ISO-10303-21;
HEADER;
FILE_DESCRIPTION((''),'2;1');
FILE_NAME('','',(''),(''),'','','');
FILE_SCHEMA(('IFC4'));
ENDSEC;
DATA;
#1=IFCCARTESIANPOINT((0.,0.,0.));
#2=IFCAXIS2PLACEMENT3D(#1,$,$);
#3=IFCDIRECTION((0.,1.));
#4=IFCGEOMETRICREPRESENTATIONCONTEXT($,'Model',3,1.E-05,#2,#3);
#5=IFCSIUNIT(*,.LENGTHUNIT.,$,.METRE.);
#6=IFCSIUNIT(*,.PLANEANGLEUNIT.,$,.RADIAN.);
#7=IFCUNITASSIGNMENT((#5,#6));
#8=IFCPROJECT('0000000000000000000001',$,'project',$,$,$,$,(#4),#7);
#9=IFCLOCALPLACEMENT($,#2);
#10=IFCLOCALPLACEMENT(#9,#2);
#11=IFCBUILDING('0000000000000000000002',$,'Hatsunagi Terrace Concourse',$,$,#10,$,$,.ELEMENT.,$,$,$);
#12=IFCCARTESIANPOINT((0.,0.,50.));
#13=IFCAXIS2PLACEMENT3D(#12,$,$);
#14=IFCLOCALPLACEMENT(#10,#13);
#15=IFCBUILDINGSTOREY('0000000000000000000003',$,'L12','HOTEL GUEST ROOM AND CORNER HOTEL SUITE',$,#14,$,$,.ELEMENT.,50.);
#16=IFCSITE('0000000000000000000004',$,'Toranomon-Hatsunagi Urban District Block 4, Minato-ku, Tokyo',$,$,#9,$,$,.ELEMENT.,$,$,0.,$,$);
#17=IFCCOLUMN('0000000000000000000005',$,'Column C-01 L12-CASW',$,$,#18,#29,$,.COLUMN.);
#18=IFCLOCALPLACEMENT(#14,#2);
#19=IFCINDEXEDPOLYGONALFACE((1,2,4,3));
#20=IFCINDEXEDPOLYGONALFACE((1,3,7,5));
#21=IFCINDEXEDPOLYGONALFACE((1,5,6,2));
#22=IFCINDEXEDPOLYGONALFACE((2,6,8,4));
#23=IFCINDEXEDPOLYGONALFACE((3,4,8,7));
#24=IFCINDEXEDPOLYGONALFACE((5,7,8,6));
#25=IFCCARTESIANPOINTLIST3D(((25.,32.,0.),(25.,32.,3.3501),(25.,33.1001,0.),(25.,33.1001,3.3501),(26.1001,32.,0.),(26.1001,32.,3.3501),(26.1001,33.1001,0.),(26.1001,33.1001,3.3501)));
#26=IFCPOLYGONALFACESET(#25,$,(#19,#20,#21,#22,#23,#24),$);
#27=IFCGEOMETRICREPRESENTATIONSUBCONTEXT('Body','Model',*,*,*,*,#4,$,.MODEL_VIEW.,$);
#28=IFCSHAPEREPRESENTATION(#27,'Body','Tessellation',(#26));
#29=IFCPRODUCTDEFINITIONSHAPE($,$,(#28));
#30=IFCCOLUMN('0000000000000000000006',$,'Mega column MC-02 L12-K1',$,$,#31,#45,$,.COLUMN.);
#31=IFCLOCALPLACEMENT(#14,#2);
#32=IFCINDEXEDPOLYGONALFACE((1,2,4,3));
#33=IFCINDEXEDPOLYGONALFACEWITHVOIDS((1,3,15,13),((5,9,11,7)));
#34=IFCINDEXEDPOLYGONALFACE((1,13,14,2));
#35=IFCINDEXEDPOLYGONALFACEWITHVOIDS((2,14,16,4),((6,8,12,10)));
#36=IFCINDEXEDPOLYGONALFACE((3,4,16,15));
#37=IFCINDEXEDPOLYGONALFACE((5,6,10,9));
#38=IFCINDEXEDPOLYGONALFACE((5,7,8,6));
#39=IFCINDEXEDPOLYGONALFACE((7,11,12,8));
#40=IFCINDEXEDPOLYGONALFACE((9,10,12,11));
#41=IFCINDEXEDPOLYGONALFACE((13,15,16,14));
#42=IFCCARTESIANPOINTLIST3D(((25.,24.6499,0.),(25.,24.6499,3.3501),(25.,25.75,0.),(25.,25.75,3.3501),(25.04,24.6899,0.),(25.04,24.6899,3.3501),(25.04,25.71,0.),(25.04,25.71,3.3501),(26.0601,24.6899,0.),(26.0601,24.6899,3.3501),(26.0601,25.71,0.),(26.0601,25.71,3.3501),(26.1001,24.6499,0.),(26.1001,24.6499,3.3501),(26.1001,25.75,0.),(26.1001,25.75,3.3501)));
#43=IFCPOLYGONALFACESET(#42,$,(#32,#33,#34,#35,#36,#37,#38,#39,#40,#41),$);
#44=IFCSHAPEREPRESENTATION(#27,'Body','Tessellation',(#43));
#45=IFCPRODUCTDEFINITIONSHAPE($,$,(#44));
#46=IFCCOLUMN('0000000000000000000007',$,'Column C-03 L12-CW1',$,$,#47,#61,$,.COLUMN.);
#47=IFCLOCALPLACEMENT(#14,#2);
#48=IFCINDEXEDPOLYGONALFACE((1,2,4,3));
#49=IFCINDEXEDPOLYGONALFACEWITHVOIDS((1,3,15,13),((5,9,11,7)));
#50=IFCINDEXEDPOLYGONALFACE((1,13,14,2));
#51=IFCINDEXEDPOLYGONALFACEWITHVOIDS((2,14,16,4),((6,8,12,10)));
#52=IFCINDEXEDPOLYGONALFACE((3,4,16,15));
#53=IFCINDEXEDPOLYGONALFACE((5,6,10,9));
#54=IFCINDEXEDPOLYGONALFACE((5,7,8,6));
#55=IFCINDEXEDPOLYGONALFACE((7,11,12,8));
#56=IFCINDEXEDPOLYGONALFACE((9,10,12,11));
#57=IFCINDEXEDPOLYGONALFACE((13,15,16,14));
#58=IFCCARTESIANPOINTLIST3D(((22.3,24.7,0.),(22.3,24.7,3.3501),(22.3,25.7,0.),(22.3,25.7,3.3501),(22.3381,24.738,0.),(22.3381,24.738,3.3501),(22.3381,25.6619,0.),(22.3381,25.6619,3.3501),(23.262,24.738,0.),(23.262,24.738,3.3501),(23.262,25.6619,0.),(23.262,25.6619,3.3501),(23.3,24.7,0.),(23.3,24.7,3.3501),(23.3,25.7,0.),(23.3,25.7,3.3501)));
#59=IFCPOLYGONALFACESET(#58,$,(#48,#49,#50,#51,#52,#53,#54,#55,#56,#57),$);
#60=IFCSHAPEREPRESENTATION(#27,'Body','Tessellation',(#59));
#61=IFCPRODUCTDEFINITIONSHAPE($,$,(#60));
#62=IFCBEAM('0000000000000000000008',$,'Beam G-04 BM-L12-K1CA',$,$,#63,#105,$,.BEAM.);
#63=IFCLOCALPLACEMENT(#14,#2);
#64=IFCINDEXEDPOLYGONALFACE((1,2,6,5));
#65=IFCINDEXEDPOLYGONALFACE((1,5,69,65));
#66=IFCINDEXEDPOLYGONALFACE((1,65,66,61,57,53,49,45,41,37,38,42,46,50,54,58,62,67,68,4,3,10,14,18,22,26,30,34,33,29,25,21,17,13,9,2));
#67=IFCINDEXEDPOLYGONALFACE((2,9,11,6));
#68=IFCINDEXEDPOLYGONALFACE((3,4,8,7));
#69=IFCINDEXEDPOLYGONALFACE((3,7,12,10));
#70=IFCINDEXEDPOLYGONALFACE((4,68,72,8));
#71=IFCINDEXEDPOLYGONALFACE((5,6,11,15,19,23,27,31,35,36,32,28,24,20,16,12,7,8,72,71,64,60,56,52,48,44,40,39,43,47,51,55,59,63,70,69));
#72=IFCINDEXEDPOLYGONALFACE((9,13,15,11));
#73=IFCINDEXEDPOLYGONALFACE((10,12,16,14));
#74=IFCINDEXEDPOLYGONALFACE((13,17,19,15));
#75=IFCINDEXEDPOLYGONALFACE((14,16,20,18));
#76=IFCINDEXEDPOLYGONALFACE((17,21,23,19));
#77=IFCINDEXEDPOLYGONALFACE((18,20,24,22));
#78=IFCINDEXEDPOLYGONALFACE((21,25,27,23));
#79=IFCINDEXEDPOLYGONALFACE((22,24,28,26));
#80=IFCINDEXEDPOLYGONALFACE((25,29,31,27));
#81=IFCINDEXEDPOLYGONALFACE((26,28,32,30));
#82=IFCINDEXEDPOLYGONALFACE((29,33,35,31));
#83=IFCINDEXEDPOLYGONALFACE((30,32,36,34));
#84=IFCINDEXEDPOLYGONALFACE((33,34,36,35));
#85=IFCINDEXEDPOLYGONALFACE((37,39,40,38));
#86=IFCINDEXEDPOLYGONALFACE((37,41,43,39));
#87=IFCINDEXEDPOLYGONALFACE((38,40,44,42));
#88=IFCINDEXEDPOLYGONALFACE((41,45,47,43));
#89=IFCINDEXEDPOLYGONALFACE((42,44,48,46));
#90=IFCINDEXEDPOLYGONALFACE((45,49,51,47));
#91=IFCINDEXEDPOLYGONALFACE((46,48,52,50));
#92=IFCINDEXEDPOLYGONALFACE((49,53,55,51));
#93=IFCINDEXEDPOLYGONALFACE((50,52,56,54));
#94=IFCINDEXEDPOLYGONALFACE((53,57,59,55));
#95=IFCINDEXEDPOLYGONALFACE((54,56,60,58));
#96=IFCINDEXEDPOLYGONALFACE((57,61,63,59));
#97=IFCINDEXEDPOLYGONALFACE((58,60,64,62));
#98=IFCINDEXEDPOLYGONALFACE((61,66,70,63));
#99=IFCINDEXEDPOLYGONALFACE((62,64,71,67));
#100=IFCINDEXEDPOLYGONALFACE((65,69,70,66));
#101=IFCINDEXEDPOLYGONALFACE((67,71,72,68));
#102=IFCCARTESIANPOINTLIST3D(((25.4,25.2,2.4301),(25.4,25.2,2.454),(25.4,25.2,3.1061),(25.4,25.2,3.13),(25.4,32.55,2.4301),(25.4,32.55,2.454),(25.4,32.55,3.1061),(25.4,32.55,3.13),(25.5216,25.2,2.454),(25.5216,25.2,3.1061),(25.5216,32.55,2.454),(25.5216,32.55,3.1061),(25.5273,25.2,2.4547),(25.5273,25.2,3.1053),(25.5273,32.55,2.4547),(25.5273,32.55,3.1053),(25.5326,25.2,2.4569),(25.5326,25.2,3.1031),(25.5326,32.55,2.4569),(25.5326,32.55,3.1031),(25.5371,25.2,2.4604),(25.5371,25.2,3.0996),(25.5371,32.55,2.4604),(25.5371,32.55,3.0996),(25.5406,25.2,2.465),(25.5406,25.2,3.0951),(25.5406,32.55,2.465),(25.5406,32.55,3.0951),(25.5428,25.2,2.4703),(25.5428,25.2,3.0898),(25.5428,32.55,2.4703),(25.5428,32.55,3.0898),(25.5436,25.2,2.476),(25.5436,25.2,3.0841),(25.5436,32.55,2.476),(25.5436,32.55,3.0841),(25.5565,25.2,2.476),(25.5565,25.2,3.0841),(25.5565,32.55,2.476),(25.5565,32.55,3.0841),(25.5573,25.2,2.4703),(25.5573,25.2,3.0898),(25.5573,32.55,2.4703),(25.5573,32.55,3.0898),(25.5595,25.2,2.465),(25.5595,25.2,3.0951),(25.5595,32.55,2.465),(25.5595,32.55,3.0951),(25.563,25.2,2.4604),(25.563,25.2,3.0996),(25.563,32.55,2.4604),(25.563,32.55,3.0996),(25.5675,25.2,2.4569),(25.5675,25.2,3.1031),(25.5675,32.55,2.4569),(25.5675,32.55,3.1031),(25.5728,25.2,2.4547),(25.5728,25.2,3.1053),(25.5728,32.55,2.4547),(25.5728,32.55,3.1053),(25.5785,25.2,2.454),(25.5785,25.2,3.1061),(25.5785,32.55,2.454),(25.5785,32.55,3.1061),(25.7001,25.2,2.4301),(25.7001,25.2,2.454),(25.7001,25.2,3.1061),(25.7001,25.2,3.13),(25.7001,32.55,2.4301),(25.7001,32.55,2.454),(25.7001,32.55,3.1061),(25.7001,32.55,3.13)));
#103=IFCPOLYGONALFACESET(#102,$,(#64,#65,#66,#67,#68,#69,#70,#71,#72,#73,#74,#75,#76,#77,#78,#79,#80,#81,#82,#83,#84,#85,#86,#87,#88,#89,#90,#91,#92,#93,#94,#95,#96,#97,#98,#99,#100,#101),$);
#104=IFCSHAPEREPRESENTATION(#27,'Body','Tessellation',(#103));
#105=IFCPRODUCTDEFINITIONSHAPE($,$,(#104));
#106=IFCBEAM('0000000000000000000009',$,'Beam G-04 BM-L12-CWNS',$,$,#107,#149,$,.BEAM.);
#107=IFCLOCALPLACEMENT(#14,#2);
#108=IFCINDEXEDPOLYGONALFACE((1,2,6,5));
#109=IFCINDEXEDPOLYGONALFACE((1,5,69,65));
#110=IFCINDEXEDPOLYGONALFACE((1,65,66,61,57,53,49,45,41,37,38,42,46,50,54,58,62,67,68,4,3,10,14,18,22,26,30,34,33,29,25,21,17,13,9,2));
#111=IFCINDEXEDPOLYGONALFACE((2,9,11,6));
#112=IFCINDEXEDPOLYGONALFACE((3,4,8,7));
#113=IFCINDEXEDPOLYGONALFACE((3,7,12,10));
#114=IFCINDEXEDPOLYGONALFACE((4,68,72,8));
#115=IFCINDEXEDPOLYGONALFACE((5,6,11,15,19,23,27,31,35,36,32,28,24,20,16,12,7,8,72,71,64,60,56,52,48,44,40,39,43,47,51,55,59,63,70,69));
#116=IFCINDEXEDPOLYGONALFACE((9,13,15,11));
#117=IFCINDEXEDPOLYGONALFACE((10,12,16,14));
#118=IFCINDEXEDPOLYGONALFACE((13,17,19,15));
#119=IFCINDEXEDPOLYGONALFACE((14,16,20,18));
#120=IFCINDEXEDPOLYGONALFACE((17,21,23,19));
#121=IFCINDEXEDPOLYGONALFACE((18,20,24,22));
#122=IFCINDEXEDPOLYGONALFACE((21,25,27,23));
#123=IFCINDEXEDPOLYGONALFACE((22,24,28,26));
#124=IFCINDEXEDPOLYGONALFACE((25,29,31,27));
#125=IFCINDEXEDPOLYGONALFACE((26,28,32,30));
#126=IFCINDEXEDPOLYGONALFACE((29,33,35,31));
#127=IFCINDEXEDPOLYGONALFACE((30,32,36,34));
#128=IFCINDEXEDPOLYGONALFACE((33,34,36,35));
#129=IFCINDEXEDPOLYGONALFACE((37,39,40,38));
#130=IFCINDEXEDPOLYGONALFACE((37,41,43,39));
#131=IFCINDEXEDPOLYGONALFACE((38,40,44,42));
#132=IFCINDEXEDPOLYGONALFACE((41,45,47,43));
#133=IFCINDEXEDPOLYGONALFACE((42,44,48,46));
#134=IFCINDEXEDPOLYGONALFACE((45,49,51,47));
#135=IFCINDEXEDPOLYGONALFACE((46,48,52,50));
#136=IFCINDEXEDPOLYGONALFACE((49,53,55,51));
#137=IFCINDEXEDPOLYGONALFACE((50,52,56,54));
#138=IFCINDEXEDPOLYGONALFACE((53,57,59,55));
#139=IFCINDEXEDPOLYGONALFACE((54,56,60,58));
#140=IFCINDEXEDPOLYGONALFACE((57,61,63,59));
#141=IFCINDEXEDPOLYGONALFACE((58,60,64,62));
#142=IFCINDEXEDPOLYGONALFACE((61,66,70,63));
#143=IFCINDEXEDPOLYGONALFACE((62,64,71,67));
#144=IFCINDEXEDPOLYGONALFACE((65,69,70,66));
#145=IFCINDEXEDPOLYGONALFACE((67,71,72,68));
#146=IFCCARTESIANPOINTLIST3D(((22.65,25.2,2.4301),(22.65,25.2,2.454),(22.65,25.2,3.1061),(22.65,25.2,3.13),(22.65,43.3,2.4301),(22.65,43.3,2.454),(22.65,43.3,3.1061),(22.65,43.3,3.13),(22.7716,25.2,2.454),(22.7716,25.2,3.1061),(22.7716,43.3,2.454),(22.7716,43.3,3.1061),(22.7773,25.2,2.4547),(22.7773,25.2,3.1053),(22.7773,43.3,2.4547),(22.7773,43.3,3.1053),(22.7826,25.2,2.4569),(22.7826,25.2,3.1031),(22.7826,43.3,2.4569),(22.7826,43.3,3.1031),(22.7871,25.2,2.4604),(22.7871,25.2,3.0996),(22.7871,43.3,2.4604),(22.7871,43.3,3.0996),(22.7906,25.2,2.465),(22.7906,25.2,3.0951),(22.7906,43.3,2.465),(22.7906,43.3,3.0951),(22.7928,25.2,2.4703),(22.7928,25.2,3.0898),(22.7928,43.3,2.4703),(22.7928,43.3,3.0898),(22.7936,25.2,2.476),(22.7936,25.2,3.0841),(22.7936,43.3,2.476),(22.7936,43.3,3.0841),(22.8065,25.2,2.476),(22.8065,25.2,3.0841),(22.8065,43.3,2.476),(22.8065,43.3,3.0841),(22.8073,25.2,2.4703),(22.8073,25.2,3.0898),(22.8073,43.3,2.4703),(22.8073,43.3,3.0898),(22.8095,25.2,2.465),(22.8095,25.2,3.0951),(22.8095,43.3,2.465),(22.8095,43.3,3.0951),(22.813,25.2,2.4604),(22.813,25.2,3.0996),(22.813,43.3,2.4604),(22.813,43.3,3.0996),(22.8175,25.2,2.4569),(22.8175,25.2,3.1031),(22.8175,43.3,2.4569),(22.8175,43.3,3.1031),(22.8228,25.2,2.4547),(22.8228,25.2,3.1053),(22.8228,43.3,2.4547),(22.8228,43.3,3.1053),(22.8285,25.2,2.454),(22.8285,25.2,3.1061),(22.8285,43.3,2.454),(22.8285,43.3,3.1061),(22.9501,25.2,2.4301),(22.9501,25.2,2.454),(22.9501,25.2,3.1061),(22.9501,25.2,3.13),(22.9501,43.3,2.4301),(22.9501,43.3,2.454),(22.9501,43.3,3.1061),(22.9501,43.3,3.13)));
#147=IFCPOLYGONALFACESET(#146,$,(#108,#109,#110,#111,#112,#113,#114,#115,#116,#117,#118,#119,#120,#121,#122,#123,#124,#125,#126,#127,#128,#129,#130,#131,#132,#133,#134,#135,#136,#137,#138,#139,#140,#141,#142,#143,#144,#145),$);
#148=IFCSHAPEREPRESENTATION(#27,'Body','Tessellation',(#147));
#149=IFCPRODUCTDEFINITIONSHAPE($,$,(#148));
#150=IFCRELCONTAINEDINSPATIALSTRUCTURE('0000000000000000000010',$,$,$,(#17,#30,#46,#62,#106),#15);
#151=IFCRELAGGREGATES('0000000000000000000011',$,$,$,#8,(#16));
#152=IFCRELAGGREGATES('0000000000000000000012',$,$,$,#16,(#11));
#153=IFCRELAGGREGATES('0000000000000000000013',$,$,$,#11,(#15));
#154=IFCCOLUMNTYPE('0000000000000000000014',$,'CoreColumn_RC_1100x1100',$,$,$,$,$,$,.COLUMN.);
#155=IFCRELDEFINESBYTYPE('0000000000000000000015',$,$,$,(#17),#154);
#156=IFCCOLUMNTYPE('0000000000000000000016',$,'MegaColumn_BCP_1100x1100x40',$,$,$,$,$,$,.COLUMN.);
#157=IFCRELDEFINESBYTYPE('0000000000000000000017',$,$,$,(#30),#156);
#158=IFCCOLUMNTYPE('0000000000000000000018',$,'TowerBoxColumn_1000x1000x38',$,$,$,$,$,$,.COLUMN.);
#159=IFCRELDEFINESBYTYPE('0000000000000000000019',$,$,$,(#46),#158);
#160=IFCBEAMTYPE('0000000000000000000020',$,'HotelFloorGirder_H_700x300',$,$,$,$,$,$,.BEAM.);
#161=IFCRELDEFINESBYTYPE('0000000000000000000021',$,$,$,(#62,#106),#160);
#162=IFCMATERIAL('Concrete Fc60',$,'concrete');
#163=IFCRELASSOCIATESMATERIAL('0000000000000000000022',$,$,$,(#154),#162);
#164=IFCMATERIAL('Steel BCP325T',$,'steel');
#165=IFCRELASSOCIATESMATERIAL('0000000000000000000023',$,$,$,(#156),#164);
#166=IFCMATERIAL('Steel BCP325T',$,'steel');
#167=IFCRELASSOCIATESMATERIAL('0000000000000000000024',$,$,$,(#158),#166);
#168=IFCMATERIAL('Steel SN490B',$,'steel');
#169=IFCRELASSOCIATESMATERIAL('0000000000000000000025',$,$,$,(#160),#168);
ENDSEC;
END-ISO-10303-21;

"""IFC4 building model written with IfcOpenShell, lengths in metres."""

from ifc_helpers import new_model, si_unit, direction, frame, origin, origin_2d, place, context, subcontext, project, spatial, rectangle, hollow_rectangle, i_section, extrude, material, material_profile, profile_set, type_object, element, save


model = new_model("IFC4")

# Units and contexts
model_context = context("Model", 3, precision=1e-05, world=origin(), true_north=direction((0.0, 1.0)))
body_context = subcontext(model_context, "Body", "Model", "MODEL_VIEW")
ifc_project = project(units=[si_unit("LENGTHUNIT", "METRE"), si_unit("PLANEANGLEUNIT", "RADIAN")], contexts=[model_context])

# Site, building, storey
site_placement = place(None, origin())
site = spatial("IfcSite", under=ifc_project, at=site_placement, Name="Toranomon-Hatsunagi Urban District Block 4, Minato-ku, Tokyo", CompositionType="ELEMENT", RefElevation=0.0)
building_placement = place(site_placement, origin())
building = spatial("IfcBuilding", under=site, at=building_placement, Name="Hatsunagi Terrace Concourse", CompositionType="ELEMENT")
storey_placement = place(building_placement, frame((0.0, 0.0, 50.0)))
storey = spatial("IfcBuildingStorey", under=building, at=storey_placement, Name="L12", Description="HOTEL GUEST ROOM AND CORNER HOTEL SUITE", CompositionType="ELEMENT", Elevation=50.0)

# Columns
ifc_material_1 = material(Name="Concrete Fc60", Category="concrete")
ifc_material_profile_1 = material_profile(ifc_material_1, rectangle(XDim=1.1001, YDim=1.1001, at=origin_2d()), Name="RC-1100x1100")
ifc_profile_set_1 = profile_set([ifc_material_profile_1], Name="Concrete Fc60")
column_type_1 = type_object("IfcColumnType", Name="CoreColumn_RC_1100x1100", PredefinedType="COLUMN", material=ifc_profile_set_1)
column_1_placement = place(storey_placement, frame((25.55, 32.55, 0.0), z_axis=(0.0, 0.0, 1.0), x_axis=(1.0, 0.0, 0.0)))
element("IfcColumn", 1, at=column_1_placement, inside=storey, type_object=column_type_1, Name="Column C-01 L12-CASW", PredefinedType="COLUMN", context=body_context, shape_type="SweptSolid", body=[
    extrude(rectangle(XDim=1.1001, YDim=1.1001, at=origin_2d()), origin(), (0.0, 0.0, 1.0), 3.3501),
])
ifc_material_2 = material(Name="Steel BCP325T", Category="steel")
ifc_material_profile_2 = material_profile(ifc_material_2, hollow_rectangle(XDim=1.1001, YDim=1.1001, WallThickness=0.04, at=origin_2d()), Name="BCP-1100x1100x40")
ifc_profile_set_2 = profile_set([ifc_material_profile_2], Name="Steel BCP325T")
column_type_2 = type_object("IfcColumnType", Name="MegaColumn_BCP_1100x1100x40", PredefinedType="COLUMN", material=ifc_profile_set_2)
column_2_placement = place(storey_placement, frame((25.55, 25.2, 0.0), z_axis=(0.0, 0.0, 1.0), x_axis=(1.0, 0.0, 0.0)))
element("IfcColumn", 2, at=column_2_placement, inside=storey, type_object=column_type_2, Name="Mega column MC-02 L12-K1", PredefinedType="COLUMN", context=body_context, shape_type="SweptSolid", body=[
    extrude(hollow_rectangle(XDim=1.1001, YDim=1.1001, WallThickness=0.04, at=origin_2d()), origin(), (0.0, 0.0, 1.0), 3.3501),
])
ifc_material_3 = material(Name="Steel BCP325T", Category="steel")
ifc_material_profile_3 = material_profile(ifc_material_3, hollow_rectangle(XDim=1.0, YDim=1.0, WallThickness=0.0381, at=origin_2d()), Name="BCP-1000x1000x38")
ifc_profile_set_3 = profile_set([ifc_material_profile_3], Name="Steel BCP325T")
column_type_3 = type_object("IfcColumnType", Name="TowerBoxColumn_1000x1000x38", PredefinedType="COLUMN", material=ifc_profile_set_3)
column_3_placement = place(storey_placement, frame((22.8, 25.2, 0.0), z_axis=(0.0, 0.0, 1.0), x_axis=(1.0, 0.0, 0.0)))
element("IfcColumn", 3, at=column_3_placement, inside=storey, type_object=column_type_3, Name="Column C-03 L12-CW1", PredefinedType="COLUMN", context=body_context, shape_type="SweptSolid", body=[
    extrude(hollow_rectangle(XDim=1.0, YDim=1.0, WallThickness=0.0381, at=origin_2d()), origin(), (0.0, 0.0, 1.0), 3.3501),
])

# Beams
ifc_material_4 = material(Name="Steel SN490B", Category="steel")
ifc_material_profile_4 = material_profile(ifc_material_4, i_section(OverallWidth=0.3, OverallDepth=0.7, WebThickness=0.0129, FlangeThickness=0.0239, FilletRadius=0.022, at=origin_2d()), Name="H-700x300x13x24")
ifc_profile_set_4 = profile_set([ifc_material_profile_4], Name="Steel SN490B")
beam_type_1 = type_object("IfcBeamType", Name="HotelFloorGirder_H_700x300", PredefinedType="BEAM", material=ifc_profile_set_4)
beam_1_placement = place(storey_placement, frame((25.55, 25.2, 2.78), z_axis=(0.0, 1.0, 0.0), x_axis=(-1.0, 0.0, 0.0)))
element("IfcBeam", 4, at=beam_1_placement, inside=storey, type_object=beam_type_1, Name="Beam G-04 BM-L12-K1CA", PredefinedType="BEAM", context=body_context, shape_type="SweptSolid", body=[
    extrude(i_section(OverallWidth=0.3, OverallDepth=0.7, WebThickness=0.0129, FlangeThickness=0.0239, FilletRadius=0.022, at=origin_2d()), origin(), (0.0, 0.0, 1.0), 7.3501),
])
beam_2_placement = place(storey_placement, frame((22.8, 25.2, 2.78), z_axis=(0.0, 1.0, 0.0), x_axis=(-1.0, 0.0, 0.0)))
element("IfcBeam", 5, at=beam_2_placement, inside=storey, type_object=beam_type_1, Name="Beam G-04 BM-L12-CWNS", PredefinedType="BEAM", context=body_context, shape_type="SweptSolid", body=[
    extrude(i_section(OverallWidth=0.3, OverallDepth=0.7, WebThickness=0.0129, FlangeThickness=0.0239, FilletRadius=0.022, at=origin_2d()), origin(), (0.0, 0.0, 1.0), 18.1001),
])

save(model, "model.ifc")
